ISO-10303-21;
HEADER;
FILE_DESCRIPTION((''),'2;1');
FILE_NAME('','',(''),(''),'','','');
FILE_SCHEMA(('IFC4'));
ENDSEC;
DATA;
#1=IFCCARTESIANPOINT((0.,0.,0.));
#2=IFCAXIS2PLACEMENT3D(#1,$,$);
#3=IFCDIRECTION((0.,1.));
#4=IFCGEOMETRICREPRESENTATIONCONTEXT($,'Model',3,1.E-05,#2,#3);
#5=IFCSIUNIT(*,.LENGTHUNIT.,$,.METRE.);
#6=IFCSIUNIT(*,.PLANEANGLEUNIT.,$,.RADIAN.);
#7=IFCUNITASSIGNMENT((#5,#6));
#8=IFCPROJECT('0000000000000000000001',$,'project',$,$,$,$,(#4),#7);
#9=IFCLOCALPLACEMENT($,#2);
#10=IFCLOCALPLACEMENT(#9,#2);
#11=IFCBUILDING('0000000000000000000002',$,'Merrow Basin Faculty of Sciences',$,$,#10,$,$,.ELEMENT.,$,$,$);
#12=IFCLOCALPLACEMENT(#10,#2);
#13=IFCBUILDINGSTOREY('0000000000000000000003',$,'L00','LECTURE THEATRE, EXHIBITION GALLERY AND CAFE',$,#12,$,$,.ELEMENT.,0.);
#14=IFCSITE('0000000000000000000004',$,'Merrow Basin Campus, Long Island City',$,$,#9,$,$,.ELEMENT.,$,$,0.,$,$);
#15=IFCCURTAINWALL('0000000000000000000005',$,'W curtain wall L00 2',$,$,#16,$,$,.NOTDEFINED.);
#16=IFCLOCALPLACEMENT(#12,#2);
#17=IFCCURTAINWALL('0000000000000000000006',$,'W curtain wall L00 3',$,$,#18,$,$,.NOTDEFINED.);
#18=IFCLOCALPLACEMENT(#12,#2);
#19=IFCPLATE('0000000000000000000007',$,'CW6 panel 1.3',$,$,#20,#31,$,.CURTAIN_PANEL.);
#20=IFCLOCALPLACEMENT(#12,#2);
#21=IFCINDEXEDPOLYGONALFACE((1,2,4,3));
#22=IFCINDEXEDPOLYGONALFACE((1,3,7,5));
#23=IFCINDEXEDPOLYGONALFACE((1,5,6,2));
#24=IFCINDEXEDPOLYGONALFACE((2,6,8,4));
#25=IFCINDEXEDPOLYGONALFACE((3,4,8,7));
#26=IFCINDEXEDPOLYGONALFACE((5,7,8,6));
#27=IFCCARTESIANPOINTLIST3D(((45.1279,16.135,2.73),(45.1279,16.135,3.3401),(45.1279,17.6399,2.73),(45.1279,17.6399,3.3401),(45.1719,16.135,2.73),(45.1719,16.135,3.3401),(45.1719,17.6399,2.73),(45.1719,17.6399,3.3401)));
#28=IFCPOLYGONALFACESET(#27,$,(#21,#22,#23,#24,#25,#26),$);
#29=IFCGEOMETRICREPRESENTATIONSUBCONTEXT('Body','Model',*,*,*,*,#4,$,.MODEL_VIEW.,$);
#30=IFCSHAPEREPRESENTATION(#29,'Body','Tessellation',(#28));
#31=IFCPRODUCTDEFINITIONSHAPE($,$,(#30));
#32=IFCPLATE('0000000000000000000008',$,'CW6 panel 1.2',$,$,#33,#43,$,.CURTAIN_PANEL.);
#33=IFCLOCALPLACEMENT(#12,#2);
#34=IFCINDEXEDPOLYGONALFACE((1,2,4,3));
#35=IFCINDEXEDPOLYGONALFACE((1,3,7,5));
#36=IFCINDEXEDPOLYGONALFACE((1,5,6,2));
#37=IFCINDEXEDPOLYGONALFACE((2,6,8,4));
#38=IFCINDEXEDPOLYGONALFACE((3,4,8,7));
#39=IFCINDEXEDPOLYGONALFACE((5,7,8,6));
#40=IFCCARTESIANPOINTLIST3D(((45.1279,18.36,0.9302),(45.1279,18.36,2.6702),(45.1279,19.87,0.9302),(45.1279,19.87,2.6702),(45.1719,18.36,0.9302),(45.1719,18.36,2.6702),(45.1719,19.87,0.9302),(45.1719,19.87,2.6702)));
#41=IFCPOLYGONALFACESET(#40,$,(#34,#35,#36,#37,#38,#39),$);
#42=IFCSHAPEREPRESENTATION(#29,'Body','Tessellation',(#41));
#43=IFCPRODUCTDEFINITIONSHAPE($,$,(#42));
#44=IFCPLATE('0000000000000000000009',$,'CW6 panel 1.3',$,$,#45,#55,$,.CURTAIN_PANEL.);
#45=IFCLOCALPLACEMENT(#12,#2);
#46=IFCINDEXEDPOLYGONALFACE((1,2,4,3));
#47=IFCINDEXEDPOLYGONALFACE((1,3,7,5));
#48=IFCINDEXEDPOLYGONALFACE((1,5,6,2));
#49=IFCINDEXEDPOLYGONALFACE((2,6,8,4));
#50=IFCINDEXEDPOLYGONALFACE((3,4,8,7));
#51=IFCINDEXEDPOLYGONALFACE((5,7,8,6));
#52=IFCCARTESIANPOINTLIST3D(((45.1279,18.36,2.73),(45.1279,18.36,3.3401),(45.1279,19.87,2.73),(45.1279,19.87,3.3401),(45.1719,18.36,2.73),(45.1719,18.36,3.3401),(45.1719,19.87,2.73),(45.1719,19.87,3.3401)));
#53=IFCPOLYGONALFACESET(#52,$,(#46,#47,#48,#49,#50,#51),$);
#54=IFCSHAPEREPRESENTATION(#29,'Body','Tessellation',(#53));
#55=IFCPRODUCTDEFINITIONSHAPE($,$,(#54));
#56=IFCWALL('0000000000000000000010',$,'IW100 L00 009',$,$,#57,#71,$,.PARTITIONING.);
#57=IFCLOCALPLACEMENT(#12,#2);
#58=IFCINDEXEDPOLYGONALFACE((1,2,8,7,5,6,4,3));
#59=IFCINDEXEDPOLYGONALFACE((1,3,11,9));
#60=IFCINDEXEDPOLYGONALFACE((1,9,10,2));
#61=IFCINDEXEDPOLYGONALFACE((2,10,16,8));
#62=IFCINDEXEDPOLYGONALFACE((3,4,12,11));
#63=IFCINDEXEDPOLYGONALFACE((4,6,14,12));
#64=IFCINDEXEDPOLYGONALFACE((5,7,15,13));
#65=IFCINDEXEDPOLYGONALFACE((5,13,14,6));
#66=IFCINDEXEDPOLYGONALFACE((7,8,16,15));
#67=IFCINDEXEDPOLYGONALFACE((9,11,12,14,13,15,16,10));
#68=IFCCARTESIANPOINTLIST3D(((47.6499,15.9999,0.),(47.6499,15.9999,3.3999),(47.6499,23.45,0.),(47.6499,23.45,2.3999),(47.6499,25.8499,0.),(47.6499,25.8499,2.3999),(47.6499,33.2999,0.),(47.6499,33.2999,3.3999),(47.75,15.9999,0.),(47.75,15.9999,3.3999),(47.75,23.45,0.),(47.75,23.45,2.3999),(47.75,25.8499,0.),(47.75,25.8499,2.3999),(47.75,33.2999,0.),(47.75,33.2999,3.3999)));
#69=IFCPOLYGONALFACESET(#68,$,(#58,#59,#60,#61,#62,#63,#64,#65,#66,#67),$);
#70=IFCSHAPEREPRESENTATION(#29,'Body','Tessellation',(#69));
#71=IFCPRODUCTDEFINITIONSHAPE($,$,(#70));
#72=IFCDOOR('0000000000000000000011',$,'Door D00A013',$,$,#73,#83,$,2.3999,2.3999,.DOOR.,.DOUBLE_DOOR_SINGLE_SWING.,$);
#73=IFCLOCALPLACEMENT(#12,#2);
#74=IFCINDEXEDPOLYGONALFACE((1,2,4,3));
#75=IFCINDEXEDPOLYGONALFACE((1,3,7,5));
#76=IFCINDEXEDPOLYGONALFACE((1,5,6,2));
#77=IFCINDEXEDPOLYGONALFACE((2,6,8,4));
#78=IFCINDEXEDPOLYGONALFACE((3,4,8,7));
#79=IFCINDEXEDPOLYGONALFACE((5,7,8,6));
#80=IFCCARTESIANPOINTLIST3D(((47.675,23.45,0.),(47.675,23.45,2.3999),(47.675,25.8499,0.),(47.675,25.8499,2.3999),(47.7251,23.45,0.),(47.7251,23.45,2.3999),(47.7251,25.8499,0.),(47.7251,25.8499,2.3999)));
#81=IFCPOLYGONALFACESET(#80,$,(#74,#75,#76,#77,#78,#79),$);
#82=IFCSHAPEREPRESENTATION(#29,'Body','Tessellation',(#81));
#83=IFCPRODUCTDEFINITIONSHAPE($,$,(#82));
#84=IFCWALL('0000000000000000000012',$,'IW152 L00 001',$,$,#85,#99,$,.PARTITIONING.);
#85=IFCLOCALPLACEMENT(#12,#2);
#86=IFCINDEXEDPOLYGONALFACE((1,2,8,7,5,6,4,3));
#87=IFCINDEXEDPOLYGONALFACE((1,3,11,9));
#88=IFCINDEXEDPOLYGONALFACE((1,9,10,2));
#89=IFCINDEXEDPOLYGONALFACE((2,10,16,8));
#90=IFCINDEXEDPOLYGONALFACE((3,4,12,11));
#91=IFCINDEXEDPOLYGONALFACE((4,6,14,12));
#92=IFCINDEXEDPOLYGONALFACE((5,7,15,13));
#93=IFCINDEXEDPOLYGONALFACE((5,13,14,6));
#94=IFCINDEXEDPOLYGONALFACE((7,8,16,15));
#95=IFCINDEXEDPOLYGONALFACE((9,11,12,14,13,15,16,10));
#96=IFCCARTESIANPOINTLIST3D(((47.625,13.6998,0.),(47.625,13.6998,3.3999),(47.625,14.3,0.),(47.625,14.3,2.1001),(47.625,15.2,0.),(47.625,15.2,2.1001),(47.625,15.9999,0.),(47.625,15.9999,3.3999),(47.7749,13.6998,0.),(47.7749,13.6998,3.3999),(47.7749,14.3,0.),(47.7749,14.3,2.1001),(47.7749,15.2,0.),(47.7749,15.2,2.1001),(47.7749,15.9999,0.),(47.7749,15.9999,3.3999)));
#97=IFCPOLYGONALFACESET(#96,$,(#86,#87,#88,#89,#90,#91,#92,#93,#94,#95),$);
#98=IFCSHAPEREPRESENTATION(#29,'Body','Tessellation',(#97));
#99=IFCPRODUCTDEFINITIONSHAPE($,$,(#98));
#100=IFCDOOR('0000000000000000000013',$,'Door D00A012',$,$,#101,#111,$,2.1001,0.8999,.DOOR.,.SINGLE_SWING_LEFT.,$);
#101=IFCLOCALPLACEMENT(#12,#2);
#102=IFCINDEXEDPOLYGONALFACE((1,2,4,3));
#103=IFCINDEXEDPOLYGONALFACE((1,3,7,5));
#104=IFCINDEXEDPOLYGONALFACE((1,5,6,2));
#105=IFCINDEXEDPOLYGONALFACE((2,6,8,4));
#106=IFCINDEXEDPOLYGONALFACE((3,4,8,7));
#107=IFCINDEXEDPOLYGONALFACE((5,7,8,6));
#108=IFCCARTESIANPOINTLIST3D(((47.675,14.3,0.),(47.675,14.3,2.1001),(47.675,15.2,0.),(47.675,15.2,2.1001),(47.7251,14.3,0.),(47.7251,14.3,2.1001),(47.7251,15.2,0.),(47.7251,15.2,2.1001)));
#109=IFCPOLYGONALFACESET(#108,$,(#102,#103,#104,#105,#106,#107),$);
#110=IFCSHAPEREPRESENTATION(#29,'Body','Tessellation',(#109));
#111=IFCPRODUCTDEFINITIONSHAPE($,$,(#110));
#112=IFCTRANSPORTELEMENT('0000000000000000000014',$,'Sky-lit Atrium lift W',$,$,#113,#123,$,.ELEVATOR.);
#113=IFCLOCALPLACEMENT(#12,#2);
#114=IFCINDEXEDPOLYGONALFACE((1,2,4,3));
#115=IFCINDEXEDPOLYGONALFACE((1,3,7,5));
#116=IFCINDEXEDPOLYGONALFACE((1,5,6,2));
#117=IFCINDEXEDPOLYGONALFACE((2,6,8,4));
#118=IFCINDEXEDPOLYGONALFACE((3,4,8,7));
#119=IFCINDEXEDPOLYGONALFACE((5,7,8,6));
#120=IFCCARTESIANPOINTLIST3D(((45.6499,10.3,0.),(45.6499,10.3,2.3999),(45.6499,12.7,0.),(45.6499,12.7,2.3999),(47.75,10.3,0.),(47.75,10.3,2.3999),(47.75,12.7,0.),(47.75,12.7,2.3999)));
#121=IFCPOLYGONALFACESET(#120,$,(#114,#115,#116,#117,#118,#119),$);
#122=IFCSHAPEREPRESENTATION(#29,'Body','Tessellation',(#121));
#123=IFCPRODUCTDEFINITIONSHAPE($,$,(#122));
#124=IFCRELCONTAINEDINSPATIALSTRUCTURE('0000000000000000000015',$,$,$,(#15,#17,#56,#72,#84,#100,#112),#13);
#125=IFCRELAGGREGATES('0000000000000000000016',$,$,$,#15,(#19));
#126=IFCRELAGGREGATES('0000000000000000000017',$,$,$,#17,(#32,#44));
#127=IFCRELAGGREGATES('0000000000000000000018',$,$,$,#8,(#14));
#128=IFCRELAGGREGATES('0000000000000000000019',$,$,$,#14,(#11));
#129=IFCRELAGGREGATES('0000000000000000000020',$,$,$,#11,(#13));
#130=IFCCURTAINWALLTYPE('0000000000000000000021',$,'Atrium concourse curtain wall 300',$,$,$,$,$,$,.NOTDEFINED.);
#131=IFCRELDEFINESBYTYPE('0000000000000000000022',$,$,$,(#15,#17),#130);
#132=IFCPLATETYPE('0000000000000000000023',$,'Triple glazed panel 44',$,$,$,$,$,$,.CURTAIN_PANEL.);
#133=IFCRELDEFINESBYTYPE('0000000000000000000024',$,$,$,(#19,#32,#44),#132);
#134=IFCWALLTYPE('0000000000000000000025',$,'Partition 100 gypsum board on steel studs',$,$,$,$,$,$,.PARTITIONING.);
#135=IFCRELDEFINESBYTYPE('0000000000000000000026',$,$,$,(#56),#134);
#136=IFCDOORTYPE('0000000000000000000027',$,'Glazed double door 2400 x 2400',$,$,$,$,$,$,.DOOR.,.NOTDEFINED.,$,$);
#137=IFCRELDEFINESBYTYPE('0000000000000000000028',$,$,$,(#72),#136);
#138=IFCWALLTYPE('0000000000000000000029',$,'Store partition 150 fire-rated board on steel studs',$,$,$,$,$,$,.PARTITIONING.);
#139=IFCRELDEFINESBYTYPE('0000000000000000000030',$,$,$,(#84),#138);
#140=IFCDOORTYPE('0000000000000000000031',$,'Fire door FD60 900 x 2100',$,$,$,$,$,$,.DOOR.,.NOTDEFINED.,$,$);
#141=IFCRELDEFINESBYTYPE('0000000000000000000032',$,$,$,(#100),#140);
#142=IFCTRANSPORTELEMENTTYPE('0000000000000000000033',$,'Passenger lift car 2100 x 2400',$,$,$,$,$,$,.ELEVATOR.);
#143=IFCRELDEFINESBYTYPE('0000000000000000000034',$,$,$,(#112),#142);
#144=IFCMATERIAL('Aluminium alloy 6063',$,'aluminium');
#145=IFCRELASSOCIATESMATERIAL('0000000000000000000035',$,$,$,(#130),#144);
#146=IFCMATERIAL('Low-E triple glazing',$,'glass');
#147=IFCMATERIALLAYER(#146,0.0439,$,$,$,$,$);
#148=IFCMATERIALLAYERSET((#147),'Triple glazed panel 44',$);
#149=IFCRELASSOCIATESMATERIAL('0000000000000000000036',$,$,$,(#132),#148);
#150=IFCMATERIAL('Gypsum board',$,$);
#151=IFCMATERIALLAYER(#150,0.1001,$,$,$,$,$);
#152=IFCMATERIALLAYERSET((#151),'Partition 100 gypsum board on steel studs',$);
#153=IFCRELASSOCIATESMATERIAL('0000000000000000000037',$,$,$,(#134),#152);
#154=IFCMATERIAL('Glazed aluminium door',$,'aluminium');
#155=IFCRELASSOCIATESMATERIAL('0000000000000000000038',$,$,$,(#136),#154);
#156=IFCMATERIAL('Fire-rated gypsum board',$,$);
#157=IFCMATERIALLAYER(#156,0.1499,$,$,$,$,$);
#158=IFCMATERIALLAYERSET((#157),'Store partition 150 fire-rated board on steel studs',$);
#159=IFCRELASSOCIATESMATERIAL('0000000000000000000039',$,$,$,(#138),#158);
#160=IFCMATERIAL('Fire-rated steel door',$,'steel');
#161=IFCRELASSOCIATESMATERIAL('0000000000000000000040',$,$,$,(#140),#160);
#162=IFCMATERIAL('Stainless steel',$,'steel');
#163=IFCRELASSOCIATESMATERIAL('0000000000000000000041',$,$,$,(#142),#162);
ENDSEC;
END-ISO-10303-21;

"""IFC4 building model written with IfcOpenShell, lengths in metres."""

from ifc_helpers import new_model, si_unit, direction, frame, frame_2d, origin, origin_2d, place, context, subcontext, project, spatial, rectangle, extrude, material, layer, layer_set, type_object, element, fill, aggregate, save


model = new_model("IFC4")

# Units and contexts
model_context = context("Model", 3, precision=1e-05, world=origin(), true_north=direction((0.0, 1.0)))
body_context = subcontext(model_context, "Body", "Model", "MODEL_VIEW")
ifc_project = project(units=[si_unit("LENGTHUNIT", "METRE"), si_unit("PLANEANGLEUNIT", "RADIAN")], contexts=[model_context])

# Site, building, storey
site_placement = place(None, origin())
site = spatial("IfcSite", under=ifc_project, at=site_placement, Name="Merrow Basin Campus, Long Island City", CompositionType="ELEMENT", RefElevation=0.0)
building_placement = place(site_placement, origin())
building = spatial("IfcBuilding", under=site, at=building_placement, Name="Merrow Basin Faculty of Sciences", CompositionType="ELEMENT")
storey_placement = place(building_placement, origin())
storey = spatial("IfcBuildingStorey", under=building, at=storey_placement, Name="L00", Description="LECTURE THEATRE, EXHIBITION GALLERY AND CAFE", CompositionType="ELEMENT", Elevation=0.0)

# Curtain wall
ifc_material_1 = material(Name="Aluminium alloy 6063", Category="aluminium")
curtain_wall_type = type_object("IfcCurtainWallType", Name="Atrium concourse curtain wall 300", PredefinedType="NOTDEFINED", material=ifc_material_1)
curtain_wall_1_placement = place(storey_placement, origin())
curtain_wall_1 = element("IfcCurtainWall", 1, at=curtain_wall_1_placement, inside=storey, type_object=curtain_wall_type, Name="W curtain wall L00 2", PredefinedType="NOTDEFINED")

# Curtain wall
curtain_wall_2_placement = place(storey_placement, origin())
curtain_wall_2 = element("IfcCurtainWall", 2, at=curtain_wall_2_placement, inside=storey, type_object=curtain_wall_type, Name="W curtain wall L00 3", PredefinedType="NOTDEFINED")

# Plates
ifc_material_2 = material(Name="Low-E triple glazing", Category="glass")
ifc_layer_1 = layer(ifc_material_2, 0.0439)
ifc_layer_set_1 = layer_set([ifc_layer_1], Name="Triple glazed panel 44")
plate_type_1 = type_object("IfcPlateType", Name="Triple glazed panel 44", PredefinedType="CURTAIN_PANEL", material=ifc_layer_set_1)
plate_1_placement = place(storey_placement, frame((45.1499, 16.8875, 2.73), z_axis=(0.0, 0.0, 1.0), x_axis=(0.0, 1.0, 0.0)))
plate_1 = element("IfcPlate", 3, at=plate_1_placement, type_object=plate_type_1, Name="CW6 panel 1.3", PredefinedType="CURTAIN_PANEL", context=body_context, shape_type="SweptSolid", body=[
    extrude(rectangle(XDim=1.5049, YDim=0.0439, at=origin_2d()), origin(), (0.0, 0.0, 1.0), 0.6101),
])
aggregate(curtain_wall_1, [plate_1])
plate_2_placement = place(storey_placement, frame((45.1499, 19.115, 0.9302), z_axis=(0.0, 0.0, 1.0), x_axis=(0.0, 1.0, 0.0)))
plate_2 = element("IfcPlate", 4, at=plate_2_placement, type_object=plate_type_1, Name="CW6 panel 1.2", PredefinedType="CURTAIN_PANEL", context=body_context, shape_type="SweptSolid", body=[
    extrude(rectangle(XDim=1.51, YDim=0.0439, at=origin_2d()), origin(), (0.0, 0.0, 1.0), 1.74),
])
plate_3_placement = place(storey_placement, frame((45.1499, 19.115, 2.73), z_axis=(0.0, 0.0, 1.0), x_axis=(0.0, 1.0, 0.0)))
plate_3 = element("IfcPlate", 5, at=plate_3_placement, type_object=plate_type_1, Name="CW6 panel 1.3", PredefinedType="CURTAIN_PANEL", context=body_context, shape_type="SweptSolid", body=[
    extrude(rectangle(XDim=1.51, YDim=0.0439, at=origin_2d()), origin(), (0.0, 0.0, 1.0), 0.6101),
])
aggregate(curtain_wall_2, [plate_2, plate_3])

# Walls, openings, doors
ifc_material_3 = material(Name="Gypsum board")
ifc_layer_2 = layer(ifc_material_3, 0.1001)
ifc_layer_set_2 = layer_set([ifc_layer_2], Name="Partition 100 gypsum board on steel studs")
wall_type_1 = type_object("IfcWallType", Name="Partition 100 gypsum board on steel studs", PredefinedType="PARTITIONING", material=ifc_layer_set_2)
wall_1_placement = place(storey_placement, frame((47.7, 16.0, 0.0), z_axis=(0.0, 0.0, 1.0), x_axis=(0.0, 1.0, 0.0)))
wall_1 = element("IfcWall", 6, at=wall_1_placement, inside=storey, type_object=wall_type_1, Name="IW100 L00 009", PredefinedType="PARTITIONING", context=body_context, shape_type="SweptSolid", body=[
    extrude(rectangle(XDim=17.3, YDim=0.1001, at=frame_2d((8.6499, 0.0))), origin(), (0.0, 0.0, 1.0), 3.3999),
])
opening_1_placement = place(wall_1_placement, frame((7.45, 0.0, 0.0)))
opening_1 = element("IfcOpeningElement", 7, at=opening_1_placement, cuts=wall_1, PredefinedType="OPENING", context=body_context, shape_type="SweptSolid", body=[
    extrude(rectangle(XDim=2.3999, YDim=2.3999, at=frame_2d((1.2, 1.2))), frame((0.0, 0.0601, 0.0), z_axis=(0.0, -1.0, 0.0), x_axis=(1.0, 0.0, 0.0)), (0.0, 0.0, 1.0), 0.1201),
])
ifc_material_4 = material(Name="Glazed aluminium door", Category="aluminium")
door_type_1 = type_object("IfcDoorType", Name="Glazed double door 2400 x 2400", OperationType="NOTDEFINED", PredefinedType="DOOR", material=ifc_material_4)
door_1_placement = place(opening_1_placement, origin())
door_1 = element("IfcDoor", 8, at=door_1_placement, inside=storey, type_object=door_type_1, Name="Door D00A013", OperationType="DOUBLE_DOOR_SINGLE_SWING", OverallHeight=2.3999, OverallWidth=2.3999, PredefinedType="DOOR", context=body_context, shape_type="SweptSolid", body=[
    extrude(rectangle(XDim=2.3999, YDim=2.3999, at=frame_2d((1.2, 1.2))), frame((0.0, 0.0249, 0.0), z_axis=(0.0, -1.0, 0.0), x_axis=(1.0, 0.0, 0.0)), (0.0, 0.0, 1.0), 0.05),
])
fill(opening_1, door_1)
ifc_material_5 = material(Name="Fire-rated gypsum board")
ifc_layer_3 = layer(ifc_material_5, 0.1499)
ifc_layer_set_3 = layer_set([ifc_layer_3], Name="Store partition 150 fire-rated board on steel studs")
wall_type_2 = type_object("IfcWallType", Name="Store partition 150 fire-rated board on steel studs", PredefinedType="PARTITIONING", material=ifc_layer_set_3)
wall_2_placement = place(storey_placement, frame((47.7, 13.7, 0.0), z_axis=(0.0, 0.0, 1.0), x_axis=(0.0, 1.0, 0.0)))
wall_2 = element("IfcWall", 9, at=wall_2_placement, inside=storey, type_object=wall_type_2, Name="IW152 L00 001", PredefinedType="PARTITIONING", context=body_context, shape_type="SweptSolid", body=[
    extrude(rectangle(XDim=2.3, YDim=0.1499, at=frame_2d((1.1499, 0.0))), origin(), (0.0, 0.0, 1.0), 3.3999),
])
opening_2_placement = place(wall_2_placement, frame((0.6001, 0.0, 0.0)))
opening_2 = element("IfcOpeningElement", 10, at=opening_2_placement, cuts=wall_2, PredefinedType="OPENING", context=body_context, shape_type="SweptSolid", body=[
    extrude(rectangle(XDim=0.8999, YDim=2.1001, at=frame_2d((0.45, 1.05))), frame((0.0, 0.085, 0.0), z_axis=(0.0, -1.0, 0.0), x_axis=(1.0, 0.0, 0.0)), (0.0, 0.0, 1.0), 0.1699),
])
ifc_material_6 = material(Name="Fire-rated steel door", Category="steel")
door_type_2 = type_object("IfcDoorType", Name="Fire door FD60 900 x 2100", OperationType="NOTDEFINED", PredefinedType="DOOR", material=ifc_material_6)
door_2_placement = place(opening_2_placement, origin())
door_2 = element("IfcDoor", 11, at=door_2_placement, inside=storey, type_object=door_type_2, Name="Door D00A012", OperationType="SINGLE_SWING_LEFT", OverallHeight=2.1001, OverallWidth=0.8999, PredefinedType="DOOR", context=body_context, shape_type="SweptSolid", body=[
    extrude(rectangle(XDim=0.8999, YDim=2.1001, at=frame_2d((0.45, 1.05))), frame((0.0, 0.0249, 0.0), z_axis=(0.0, -1.0, 0.0), x_axis=(1.0, 0.0, 0.0)), (0.0, 0.0, 1.0), 0.05),
])
fill(opening_2, door_2)

# Transport element
ifc_material_7 = material(Name="Stainless steel", Category="steel")
transport_element_type = type_object("IfcTransportElementType", Name="Passenger lift car 2100 x 2400", PredefinedType="ELEVATOR", material=ifc_material_7)
transport_element_placement = place(storey_placement, frame((46.7, 11.5, 0.0), z_axis=(0.0, 0.0, 1.0), x_axis=(1.0, 0.0, 0.0)))
element("IfcTransportElement", 12, at=transport_element_placement, inside=storey, type_object=transport_element_type, Name="Sky-lit Atrium lift W", PredefinedType="ELEVATOR", context=body_context, shape_type="SweptSolid", body=[
    extrude(rectangle(XDim=2.1001, YDim=2.3999, at=origin_2d()), origin(), (0.0, 0.0, 1.0), 2.3999),
])

save(model, "model.ifc")
